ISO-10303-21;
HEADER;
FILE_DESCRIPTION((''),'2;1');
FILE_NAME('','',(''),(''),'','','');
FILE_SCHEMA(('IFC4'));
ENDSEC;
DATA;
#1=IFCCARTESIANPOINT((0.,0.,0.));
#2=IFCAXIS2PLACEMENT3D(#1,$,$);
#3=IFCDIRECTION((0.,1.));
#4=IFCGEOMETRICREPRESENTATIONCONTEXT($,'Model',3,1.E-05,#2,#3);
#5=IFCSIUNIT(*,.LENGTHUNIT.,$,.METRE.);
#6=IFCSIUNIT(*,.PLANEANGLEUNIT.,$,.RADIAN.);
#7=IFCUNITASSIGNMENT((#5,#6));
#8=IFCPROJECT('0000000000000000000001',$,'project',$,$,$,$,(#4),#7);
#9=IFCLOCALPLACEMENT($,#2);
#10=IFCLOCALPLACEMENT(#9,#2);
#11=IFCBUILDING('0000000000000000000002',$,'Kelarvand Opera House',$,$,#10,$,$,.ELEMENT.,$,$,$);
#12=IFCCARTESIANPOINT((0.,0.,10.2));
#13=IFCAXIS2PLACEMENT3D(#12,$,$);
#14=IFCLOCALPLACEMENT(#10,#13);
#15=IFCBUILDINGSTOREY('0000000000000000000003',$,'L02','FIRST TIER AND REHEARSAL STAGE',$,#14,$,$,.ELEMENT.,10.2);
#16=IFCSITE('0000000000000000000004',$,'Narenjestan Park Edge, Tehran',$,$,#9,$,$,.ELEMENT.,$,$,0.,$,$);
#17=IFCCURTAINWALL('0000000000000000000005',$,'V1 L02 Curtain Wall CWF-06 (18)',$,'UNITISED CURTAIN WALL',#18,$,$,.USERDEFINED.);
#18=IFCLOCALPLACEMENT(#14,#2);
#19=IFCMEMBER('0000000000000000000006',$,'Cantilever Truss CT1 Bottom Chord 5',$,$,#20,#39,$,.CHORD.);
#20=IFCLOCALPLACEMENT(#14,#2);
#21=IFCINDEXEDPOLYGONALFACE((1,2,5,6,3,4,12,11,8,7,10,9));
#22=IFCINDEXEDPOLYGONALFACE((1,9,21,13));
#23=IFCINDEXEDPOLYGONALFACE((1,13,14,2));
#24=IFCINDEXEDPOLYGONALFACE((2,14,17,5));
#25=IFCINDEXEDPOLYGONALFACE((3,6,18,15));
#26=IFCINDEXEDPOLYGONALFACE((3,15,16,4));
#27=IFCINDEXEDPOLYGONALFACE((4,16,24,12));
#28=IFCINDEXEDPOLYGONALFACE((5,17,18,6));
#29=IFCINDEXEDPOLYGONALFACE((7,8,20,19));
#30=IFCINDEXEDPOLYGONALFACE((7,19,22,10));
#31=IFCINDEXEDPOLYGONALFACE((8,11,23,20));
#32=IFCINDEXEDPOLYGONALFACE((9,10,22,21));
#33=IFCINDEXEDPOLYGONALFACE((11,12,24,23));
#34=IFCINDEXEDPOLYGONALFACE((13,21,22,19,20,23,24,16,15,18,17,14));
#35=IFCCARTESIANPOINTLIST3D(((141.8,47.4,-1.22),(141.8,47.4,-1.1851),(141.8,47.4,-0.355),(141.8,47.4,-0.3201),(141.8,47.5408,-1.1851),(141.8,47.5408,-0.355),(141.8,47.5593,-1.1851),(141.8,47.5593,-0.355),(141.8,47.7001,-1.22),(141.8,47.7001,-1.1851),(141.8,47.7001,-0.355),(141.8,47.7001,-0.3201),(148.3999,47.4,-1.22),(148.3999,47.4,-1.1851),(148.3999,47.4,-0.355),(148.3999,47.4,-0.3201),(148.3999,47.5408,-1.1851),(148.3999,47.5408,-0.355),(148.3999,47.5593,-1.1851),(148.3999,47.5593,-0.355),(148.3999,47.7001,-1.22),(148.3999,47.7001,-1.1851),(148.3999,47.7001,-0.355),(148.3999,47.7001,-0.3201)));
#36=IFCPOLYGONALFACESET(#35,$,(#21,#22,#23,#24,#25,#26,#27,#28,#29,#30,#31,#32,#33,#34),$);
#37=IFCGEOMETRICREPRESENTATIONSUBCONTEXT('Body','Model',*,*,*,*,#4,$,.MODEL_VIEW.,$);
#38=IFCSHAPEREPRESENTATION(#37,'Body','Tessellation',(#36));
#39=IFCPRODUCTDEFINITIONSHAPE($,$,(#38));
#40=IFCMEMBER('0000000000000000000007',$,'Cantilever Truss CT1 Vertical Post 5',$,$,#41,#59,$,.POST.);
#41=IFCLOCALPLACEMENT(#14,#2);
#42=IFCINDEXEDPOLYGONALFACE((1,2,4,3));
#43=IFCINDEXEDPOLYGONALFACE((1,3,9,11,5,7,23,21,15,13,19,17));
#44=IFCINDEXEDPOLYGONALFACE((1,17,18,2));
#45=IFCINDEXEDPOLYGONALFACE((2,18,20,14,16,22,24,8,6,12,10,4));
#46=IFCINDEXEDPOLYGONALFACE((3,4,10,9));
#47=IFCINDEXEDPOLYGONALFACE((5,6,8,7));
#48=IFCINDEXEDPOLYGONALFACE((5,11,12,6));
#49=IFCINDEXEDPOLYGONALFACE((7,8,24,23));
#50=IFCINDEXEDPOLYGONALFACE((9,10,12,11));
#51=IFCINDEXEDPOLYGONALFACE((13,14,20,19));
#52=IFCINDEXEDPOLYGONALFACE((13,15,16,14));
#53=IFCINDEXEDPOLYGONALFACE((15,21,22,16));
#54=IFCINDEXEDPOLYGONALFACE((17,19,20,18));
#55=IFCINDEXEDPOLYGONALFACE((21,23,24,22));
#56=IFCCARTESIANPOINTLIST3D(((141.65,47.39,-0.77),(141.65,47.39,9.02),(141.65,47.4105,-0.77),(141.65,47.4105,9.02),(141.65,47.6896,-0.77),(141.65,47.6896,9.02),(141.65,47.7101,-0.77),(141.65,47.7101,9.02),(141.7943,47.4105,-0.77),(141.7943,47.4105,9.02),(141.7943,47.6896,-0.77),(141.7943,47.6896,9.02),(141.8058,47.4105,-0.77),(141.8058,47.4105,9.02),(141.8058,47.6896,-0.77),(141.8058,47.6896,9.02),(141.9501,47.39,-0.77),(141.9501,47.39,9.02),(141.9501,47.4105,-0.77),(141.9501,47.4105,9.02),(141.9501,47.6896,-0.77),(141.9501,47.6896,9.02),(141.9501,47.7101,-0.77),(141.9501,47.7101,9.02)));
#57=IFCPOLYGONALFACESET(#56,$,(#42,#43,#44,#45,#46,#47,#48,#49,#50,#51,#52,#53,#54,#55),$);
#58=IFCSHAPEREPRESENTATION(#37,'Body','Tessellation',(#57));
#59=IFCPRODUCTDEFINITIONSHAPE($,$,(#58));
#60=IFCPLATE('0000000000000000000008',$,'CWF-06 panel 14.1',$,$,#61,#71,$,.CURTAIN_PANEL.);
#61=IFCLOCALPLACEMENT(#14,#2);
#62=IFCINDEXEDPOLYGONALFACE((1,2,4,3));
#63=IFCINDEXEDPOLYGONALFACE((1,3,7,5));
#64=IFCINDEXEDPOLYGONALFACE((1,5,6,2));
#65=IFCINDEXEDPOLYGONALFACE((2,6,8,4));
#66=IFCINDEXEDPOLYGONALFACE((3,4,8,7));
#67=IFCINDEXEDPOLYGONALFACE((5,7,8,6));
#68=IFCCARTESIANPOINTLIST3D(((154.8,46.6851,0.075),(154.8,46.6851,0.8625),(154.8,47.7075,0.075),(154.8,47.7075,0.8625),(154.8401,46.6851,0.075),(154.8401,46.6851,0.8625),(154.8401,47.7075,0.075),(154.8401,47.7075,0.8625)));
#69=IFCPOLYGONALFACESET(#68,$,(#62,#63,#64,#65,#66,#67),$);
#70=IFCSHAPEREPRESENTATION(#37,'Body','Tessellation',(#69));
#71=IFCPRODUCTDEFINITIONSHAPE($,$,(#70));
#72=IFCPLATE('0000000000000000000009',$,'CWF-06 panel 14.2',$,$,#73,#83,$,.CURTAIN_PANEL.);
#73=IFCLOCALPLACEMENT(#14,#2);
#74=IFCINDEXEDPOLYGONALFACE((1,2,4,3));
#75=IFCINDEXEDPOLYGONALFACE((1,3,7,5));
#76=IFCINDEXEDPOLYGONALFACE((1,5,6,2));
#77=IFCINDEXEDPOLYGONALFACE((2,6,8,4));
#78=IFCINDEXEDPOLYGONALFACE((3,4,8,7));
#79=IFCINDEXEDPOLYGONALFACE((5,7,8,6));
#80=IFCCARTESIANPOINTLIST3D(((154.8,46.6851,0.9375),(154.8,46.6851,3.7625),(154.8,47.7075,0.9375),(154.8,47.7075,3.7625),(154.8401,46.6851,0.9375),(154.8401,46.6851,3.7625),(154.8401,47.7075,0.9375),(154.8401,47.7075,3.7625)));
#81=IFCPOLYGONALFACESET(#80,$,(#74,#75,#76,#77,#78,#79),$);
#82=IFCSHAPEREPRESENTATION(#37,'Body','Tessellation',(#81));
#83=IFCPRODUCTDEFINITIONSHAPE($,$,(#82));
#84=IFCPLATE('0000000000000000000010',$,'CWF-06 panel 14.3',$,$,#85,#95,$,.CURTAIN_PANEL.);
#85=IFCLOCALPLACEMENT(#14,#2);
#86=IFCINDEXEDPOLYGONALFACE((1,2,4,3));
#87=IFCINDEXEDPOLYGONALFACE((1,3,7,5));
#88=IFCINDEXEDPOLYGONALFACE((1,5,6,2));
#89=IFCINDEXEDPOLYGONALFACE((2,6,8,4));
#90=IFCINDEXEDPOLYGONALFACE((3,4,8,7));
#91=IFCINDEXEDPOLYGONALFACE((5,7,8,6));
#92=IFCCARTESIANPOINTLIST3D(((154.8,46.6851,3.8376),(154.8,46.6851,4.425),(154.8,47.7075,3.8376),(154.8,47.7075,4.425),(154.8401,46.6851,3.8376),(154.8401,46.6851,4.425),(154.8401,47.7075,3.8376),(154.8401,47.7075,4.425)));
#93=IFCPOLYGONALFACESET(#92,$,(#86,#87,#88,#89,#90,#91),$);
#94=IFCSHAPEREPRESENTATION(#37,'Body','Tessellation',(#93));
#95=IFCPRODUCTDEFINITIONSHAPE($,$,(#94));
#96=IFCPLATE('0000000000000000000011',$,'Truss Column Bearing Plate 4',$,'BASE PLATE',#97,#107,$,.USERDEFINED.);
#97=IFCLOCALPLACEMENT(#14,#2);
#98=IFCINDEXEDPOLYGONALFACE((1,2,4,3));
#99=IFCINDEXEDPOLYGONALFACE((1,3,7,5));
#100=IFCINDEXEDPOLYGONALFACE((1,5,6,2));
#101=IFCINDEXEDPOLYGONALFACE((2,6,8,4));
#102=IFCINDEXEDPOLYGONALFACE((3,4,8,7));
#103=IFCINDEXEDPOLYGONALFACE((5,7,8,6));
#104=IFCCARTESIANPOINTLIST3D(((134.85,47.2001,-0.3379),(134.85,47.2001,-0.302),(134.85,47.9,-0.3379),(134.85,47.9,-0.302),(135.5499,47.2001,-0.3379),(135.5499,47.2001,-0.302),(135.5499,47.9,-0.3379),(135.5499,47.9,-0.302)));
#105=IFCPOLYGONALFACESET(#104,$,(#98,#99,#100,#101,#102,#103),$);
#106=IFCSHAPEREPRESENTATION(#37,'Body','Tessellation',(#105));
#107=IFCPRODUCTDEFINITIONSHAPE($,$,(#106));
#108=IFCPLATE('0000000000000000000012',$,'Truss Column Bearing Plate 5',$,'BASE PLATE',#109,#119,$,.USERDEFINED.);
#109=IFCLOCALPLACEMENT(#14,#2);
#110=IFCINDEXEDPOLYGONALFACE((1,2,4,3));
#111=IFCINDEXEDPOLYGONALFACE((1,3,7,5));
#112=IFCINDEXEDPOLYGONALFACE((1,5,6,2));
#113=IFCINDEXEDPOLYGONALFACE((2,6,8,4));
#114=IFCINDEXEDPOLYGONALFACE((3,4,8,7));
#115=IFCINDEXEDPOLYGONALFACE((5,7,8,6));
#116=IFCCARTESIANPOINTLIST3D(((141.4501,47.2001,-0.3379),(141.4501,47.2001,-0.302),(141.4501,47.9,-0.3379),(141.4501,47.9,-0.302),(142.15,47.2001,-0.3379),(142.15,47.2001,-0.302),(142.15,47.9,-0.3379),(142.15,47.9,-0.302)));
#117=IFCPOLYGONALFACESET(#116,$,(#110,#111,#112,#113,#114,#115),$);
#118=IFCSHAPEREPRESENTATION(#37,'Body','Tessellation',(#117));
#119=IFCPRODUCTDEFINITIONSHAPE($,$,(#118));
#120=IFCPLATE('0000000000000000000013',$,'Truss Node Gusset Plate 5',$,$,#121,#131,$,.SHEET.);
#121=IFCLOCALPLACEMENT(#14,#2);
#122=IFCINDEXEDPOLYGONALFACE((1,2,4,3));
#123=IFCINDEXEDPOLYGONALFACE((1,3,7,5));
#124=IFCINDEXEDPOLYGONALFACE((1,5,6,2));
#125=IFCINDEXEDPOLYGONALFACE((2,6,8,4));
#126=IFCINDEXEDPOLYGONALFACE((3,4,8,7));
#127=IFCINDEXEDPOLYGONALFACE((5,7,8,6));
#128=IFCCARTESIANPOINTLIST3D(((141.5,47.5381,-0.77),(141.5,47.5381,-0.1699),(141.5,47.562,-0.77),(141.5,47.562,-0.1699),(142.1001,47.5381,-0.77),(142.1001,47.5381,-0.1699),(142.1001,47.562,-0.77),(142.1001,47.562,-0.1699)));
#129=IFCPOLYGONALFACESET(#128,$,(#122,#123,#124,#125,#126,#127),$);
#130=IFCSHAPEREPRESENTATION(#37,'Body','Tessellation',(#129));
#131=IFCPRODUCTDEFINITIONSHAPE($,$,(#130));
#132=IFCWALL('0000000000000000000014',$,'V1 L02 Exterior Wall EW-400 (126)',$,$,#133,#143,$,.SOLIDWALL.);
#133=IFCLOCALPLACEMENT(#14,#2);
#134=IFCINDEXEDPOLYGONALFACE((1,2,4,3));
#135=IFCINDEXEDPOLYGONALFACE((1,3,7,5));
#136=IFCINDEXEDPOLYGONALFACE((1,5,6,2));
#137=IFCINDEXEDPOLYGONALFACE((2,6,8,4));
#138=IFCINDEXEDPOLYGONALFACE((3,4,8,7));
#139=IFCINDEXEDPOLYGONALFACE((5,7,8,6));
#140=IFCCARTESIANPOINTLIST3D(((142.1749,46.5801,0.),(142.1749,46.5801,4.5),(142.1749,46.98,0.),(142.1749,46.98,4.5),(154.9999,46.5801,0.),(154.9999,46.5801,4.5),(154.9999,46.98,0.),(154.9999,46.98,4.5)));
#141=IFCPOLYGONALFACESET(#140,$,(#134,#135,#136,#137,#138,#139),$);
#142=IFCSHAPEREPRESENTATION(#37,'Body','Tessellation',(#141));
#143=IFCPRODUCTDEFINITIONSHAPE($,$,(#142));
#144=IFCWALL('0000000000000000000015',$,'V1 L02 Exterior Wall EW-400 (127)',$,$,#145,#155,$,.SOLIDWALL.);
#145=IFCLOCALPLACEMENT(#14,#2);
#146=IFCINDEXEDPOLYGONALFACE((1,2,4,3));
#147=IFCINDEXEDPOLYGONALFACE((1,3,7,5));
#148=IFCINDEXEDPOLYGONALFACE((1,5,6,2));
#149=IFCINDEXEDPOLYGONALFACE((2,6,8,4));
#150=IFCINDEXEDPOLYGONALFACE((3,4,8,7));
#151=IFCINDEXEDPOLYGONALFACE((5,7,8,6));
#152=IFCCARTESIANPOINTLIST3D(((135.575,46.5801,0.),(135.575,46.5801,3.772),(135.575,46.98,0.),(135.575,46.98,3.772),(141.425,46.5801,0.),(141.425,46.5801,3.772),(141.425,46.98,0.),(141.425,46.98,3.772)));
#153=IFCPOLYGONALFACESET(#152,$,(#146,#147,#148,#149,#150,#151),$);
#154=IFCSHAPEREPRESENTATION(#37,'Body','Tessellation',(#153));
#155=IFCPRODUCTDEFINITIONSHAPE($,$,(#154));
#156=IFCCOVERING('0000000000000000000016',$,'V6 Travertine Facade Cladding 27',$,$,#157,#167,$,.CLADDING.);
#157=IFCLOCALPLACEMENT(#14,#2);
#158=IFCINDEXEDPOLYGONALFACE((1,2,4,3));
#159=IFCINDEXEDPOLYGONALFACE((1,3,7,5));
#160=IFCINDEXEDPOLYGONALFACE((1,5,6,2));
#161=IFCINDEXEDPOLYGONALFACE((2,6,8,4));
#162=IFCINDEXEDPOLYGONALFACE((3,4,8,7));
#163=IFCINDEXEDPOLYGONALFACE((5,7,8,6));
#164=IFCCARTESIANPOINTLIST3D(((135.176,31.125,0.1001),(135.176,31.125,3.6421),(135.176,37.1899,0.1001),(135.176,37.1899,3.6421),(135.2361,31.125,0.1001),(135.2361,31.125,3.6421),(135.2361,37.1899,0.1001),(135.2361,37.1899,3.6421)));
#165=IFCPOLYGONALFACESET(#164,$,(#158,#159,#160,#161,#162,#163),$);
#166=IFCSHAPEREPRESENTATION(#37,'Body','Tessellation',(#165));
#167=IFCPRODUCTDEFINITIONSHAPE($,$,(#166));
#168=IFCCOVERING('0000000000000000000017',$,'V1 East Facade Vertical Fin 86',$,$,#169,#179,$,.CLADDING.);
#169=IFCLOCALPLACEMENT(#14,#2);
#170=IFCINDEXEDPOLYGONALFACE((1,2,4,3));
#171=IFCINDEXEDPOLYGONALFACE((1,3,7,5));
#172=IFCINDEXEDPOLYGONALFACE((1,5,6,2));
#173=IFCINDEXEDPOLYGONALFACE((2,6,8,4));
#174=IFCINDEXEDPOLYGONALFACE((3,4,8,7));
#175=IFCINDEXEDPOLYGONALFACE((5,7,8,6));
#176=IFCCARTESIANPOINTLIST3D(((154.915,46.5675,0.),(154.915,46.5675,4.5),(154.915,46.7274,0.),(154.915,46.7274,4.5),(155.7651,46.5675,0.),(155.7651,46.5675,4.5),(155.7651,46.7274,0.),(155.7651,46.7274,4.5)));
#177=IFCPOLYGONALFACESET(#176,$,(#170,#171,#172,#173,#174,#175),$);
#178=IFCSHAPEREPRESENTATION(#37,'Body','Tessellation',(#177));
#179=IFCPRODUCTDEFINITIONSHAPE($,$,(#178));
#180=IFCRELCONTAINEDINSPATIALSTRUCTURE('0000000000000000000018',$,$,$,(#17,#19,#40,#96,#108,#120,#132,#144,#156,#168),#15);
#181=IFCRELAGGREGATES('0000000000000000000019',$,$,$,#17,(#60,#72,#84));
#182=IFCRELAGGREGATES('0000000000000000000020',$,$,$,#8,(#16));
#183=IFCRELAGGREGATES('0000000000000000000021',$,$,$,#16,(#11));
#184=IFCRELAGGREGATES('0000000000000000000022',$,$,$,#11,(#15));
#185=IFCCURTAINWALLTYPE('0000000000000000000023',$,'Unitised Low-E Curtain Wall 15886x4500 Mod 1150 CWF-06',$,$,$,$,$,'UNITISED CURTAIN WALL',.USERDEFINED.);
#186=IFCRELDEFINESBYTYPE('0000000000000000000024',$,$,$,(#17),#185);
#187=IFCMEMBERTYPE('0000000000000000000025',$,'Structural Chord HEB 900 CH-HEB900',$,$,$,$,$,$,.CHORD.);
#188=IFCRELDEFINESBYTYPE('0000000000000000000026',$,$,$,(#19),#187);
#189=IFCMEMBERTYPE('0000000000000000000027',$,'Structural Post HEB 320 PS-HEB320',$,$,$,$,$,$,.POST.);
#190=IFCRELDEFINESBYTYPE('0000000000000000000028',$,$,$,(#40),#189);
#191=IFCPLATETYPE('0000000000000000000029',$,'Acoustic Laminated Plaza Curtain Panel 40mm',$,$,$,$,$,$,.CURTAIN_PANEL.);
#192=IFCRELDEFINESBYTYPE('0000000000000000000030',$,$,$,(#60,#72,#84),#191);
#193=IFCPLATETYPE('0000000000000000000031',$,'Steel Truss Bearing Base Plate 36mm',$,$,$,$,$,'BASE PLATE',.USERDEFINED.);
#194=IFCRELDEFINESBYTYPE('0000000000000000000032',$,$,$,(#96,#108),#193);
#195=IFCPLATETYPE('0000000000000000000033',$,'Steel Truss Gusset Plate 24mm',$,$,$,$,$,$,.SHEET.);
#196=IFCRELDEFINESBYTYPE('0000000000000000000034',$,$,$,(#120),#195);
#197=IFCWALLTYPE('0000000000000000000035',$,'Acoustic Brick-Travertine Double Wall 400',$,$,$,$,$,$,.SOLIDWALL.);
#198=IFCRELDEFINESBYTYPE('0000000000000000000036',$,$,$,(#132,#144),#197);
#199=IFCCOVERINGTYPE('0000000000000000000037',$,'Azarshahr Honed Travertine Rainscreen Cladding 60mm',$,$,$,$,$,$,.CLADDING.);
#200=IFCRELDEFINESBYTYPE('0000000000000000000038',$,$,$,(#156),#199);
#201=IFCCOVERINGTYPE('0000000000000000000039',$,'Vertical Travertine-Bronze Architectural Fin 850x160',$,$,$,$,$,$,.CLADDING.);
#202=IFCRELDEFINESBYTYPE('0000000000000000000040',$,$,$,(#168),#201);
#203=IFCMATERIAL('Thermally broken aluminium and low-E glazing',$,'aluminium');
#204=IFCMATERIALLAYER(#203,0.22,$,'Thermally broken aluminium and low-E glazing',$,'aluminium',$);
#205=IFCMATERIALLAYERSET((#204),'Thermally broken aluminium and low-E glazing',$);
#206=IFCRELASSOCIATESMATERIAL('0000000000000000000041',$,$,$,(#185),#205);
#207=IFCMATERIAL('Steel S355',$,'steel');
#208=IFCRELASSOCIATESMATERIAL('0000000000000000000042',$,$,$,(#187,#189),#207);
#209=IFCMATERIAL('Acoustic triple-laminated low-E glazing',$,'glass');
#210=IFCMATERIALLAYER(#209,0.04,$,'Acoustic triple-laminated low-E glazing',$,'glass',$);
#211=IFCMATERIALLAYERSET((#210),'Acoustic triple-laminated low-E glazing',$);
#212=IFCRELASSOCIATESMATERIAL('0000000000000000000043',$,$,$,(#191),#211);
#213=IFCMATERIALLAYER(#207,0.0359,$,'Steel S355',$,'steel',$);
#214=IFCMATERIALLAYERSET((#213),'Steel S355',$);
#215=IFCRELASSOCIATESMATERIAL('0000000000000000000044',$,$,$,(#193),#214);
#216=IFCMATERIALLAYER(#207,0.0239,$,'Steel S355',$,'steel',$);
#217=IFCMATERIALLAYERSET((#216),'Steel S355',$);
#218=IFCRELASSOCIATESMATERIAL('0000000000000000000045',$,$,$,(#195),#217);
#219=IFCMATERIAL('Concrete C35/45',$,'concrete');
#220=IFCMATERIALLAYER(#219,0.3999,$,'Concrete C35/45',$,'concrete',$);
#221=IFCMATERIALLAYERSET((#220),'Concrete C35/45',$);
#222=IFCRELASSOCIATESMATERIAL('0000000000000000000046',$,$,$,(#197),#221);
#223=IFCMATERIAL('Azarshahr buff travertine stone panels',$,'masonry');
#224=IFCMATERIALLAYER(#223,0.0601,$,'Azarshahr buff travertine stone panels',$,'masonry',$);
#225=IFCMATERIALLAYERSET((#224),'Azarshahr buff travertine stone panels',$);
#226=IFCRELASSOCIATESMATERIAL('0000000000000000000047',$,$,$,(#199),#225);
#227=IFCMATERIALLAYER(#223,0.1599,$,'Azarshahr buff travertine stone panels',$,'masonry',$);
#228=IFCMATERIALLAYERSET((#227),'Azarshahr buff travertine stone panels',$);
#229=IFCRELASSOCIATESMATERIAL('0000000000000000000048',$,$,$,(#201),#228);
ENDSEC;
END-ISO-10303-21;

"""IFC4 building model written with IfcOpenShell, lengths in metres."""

from ifc_helpers import new_model, si_unit, direction, frame, frame_2d, origin, origin_2d, place, context, subcontext, project, spatial, rectangle, i_section, extrude, material, layer, layer_set, material_profile, profile_set, type_object, element, aggregate, save


model = new_model("IFC4")

# Units and contexts
model_context = context("Model", 3, precision=1e-05, world=origin(), true_north=direction((0.0, 1.0)))
body_context = subcontext(model_context, "Body", "Model", "MODEL_VIEW")
ifc_project = project(units=[si_unit("LENGTHUNIT", "METRE"), si_unit("PLANEANGLEUNIT", "RADIAN")], contexts=[model_context])

# Site, building, storey
site_placement = place(None, origin())
site = spatial("IfcSite", under=ifc_project, at=site_placement, Name="Narenjestan Park Edge, Tehran", CompositionType="ELEMENT", RefElevation=0.0)
building_placement = place(site_placement, origin())
building = spatial("IfcBuilding", under=site, at=building_placement, Name="Kelarvand Opera House", CompositionType="ELEMENT")
storey_placement = place(building_placement, frame((0.0, 0.0, 10.2)))
storey = spatial("IfcBuildingStorey", under=building, at=storey_placement, Name="L02", Description="FIRST TIER AND REHEARSAL STAGE", CompositionType="ELEMENT", Elevation=10.2)

# Curtain wall
ifc_material_1 = material(Name="Thermally broken aluminium and low-E glazing", Category="aluminium")
ifc_layer_1 = layer(ifc_material_1, 0.22, Name="Thermally broken aluminium and low-E glazing", Category="aluminium")
ifc_layer_set_1 = layer_set([ifc_layer_1], Name="Thermally broken aluminium and low-E glazing")
curtain_wall_type = type_object("IfcCurtainWallType", Name="Unitised Low-E Curtain Wall 15886x4500 Mod 1150 CWF-06", ElementType="UNITISED CURTAIN WALL", PredefinedType="USERDEFINED", material=ifc_layer_set_1)
curtain_wall_placement = place(storey_placement, origin())
curtain_wall = element("IfcCurtainWall", 1, at=curtain_wall_placement, inside=storey, type_object=curtain_wall_type, Name="V1 L02 Curtain Wall CWF-06 (18)", ObjectType="UNITISED CURTAIN WALL", PredefinedType="USERDEFINED")

# Shared definitions
ifc_material_2 = material(Name="Steel S355", Category="steel")

# Members
ifc_material_profile_1 = material_profile(ifc_material_2, i_section(OverallWidth=0.3, OverallDepth=0.8999, WebThickness=0.0186, FlangeThickness=0.0349, at=origin_2d()), Name="HEB 900", Category="steel")
ifc_profile_set_1 = profile_set([ifc_material_profile_1], Name="Steel S355")
member_type_1 = type_object("IfcMemberType", Name="Structural Chord HEB 900 CH-HEB900", PredefinedType="CHORD", material=ifc_profile_set_1)
member_1_placement = place(storey_placement, frame((141.8, 47.55, -0.77), z_axis=(1.0, 0.0, 0.0), x_axis=(0.0, 1.0, 0.0)))
element("IfcMember", 2, at=member_1_placement, inside=storey, type_object=member_type_1, Name="Cantilever Truss CT1 Bottom Chord 5", PredefinedType="CHORD", context=body_context, shape_type="SweptSolid", body=[
    extrude(i_section(OverallWidth=0.3, OverallDepth=0.8999, WebThickness=0.0186, FlangeThickness=0.0349, at=origin_2d()), origin(), (0.0, 0.0, 1.0), 6.5999),
])
ifc_material_profile_2 = material_profile(ifc_material_2, i_section(OverallWidth=0.3, OverallDepth=0.3201, WebThickness=0.0115, FlangeThickness=0.0205, at=origin_2d()), Name="HEB 320", Category="steel")
ifc_profile_set_2 = profile_set([ifc_material_profile_2], Name="Steel S355")
member_type_2 = type_object("IfcMemberType", Name="Structural Post HEB 320 PS-HEB320", PredefinedType="POST", material=ifc_profile_set_2)
member_2_placement = place(storey_placement, frame((141.8, 47.55, -0.77), z_axis=(0.0, 0.0, 1.0), x_axis=(1.0, 0.0, 0.0)))
element("IfcMember", 3, at=member_2_placement, inside=storey, type_object=member_type_2, Name="Cantilever Truss CT1 Vertical Post 5", PredefinedType="POST", context=body_context, shape_type="SweptSolid", body=[
    extrude(i_section(OverallWidth=0.3, OverallDepth=0.3201, WebThickness=0.0115, FlangeThickness=0.0205, at=origin_2d()), origin(), (0.0, 0.0, 1.0), 9.79),
])

# Plates
ifc_material_3 = material(Name="Acoustic triple-laminated low-E glazing", Category="glass")
ifc_layer_2 = layer(ifc_material_3, 0.04, Name="Acoustic triple-laminated low-E glazing", Category="glass")
ifc_layer_set_2 = layer_set([ifc_layer_2], Name="Acoustic triple-laminated low-E glazing")
plate_type_1 = type_object("IfcPlateType", Name="Acoustic Laminated Plaza Curtain Panel 40mm", PredefinedType="CURTAIN_PANEL", material=ifc_layer_set_2)
plate_1_placement = place(storey_placement, frame((154.8201, 47.1963, 0.075), z_axis=(0.0, 0.0, 1.0), x_axis=(0.0, -1.0, 0.0)))
plate_1 = element("IfcPlate", 4, at=plate_1_placement, type_object=plate_type_1, Name="CWF-06 panel 14.1", PredefinedType="CURTAIN_PANEL", context=body_context, shape_type="SweptSolid", body=[
    extrude(rectangle(XDim=1.0225, YDim=0.04, at=origin_2d()), origin(), (0.0, 0.0, 1.0), 0.7876),
])
plate_2_placement = place(storey_placement, frame((154.8201, 47.1963, 0.9375), z_axis=(0.0, 0.0, 1.0), x_axis=(0.0, -1.0, 0.0)))
plate_2 = element("IfcPlate", 5, at=plate_2_placement, type_object=plate_type_1, Name="CWF-06 panel 14.2", PredefinedType="CURTAIN_PANEL", context=body_context, shape_type="SweptSolid", body=[
    extrude(rectangle(XDim=1.0225, YDim=0.04, at=origin_2d()), origin(), (0.0, 0.0, 1.0), 2.825),
])
plate_3_placement = place(storey_placement, frame((154.8201, 47.1963, 3.8376), z_axis=(0.0, 0.0, 1.0), x_axis=(0.0, -1.0, 0.0)))
plate_3 = element("IfcPlate", 6, at=plate_3_placement, type_object=plate_type_1, Name="CWF-06 panel 14.3", PredefinedType="CURTAIN_PANEL", context=body_context, shape_type="SweptSolid", body=[
    extrude(rectangle(XDim=1.0225, YDim=0.04, at=origin_2d()), origin(), (0.0, 0.0, 1.0), 0.5874),
])
aggregate(curtain_wall, [plate_1, plate_2, plate_3])

# Plates
ifc_layer_3 = layer(ifc_material_2, 0.0359, Name="Steel S355", Category="steel")
ifc_layer_set_3 = layer_set([ifc_layer_3], Name="Steel S355")
plate_type_2 = type_object("IfcPlateType", Name="Steel Truss Bearing Base Plate 36mm", ElementType="BASE PLATE", PredefinedType="USERDEFINED", material=ifc_layer_set_3)
for number, where, z_axis, x_axis, name in (
    (7, (135.2, 47.55, -0.3379), (0.0, 0.0, 1.0), (1.0, 0.0, 0.0), "Truss Column Bearing Plate 4"),
    (8, (141.8, 47.55, -0.3379), (0.0, 0.0, 1.0), (1.0, 0.0, 0.0), "Truss Column Bearing Plate 5"),
):
    element("IfcPlate", number, at=place(storey_placement, frame(where, z_axis=z_axis, x_axis=x_axis)), inside=storey, type_object=plate_type_2, Name=name, ObjectType="BASE PLATE", PredefinedType="USERDEFINED", context=body_context, shape_type="SweptSolid", body=[
        extrude(rectangle(XDim=0.7, YDim=0.7, at=origin_2d()), origin(), (0.0, 0.0, 1.0), 0.0359),
    ])
ifc_layer_4 = layer(ifc_material_2, 0.0239, Name="Steel S355", Category="steel")
ifc_layer_set_4 = layer_set([ifc_layer_4], Name="Steel S355")
plate_type_3 = type_object("IfcPlateType", Name="Steel Truss Gusset Plate 24mm", PredefinedType="SHEET", material=ifc_layer_set_4)
plate_4_placement = place(storey_placement, frame((141.8, 47.55, -0.77), z_axis=(0.0, 0.0, 1.0), x_axis=(1.0, 0.0, 0.0)))
element("IfcPlate", 9, at=plate_4_placement, inside=storey, type_object=plate_type_3, Name="Truss Node Gusset Plate 5", PredefinedType="SHEET", context=body_context, shape_type="SweptSolid", body=[
    extrude(rectangle(XDim=0.6001, YDim=0.0239, at=origin_2d()), origin(), (0.0, 0.0, 1.0), 0.6001),
])

# Walls
ifc_material_4 = material(Name="Concrete C35/45", Category="concrete")
ifc_layer_5 = layer(ifc_material_4, 0.3999, Name="Concrete C35/45", Category="concrete")
ifc_layer_set_5 = layer_set([ifc_layer_5], Name="Concrete C35/45")
wall_type = type_object("IfcWallType", Name="Acoustic Brick-Travertine Double Wall 400", PredefinedType="SOLIDWALL", material=ifc_layer_set_5)
wall_1_placement = place(storey_placement, frame((155.0, 46.78, 0.0), z_axis=(0.0, 0.0, 1.0), x_axis=(-1.0, 0.0, 0.0)))
element("IfcWall", 10, at=wall_1_placement, inside=storey, type_object=wall_type, Name="V1 L02 Exterior Wall EW-400 (126)", PredefinedType="SOLIDWALL", context=body_context, shape_type="SweptSolid", body=[
    extrude(rectangle(XDim=12.825, YDim=0.3999, at=frame_2d((6.4126, 0.0))), origin(), (0.0, 0.0, 1.0), 4.5),
])
wall_2_placement = place(storey_placement, frame((141.425, 46.78, 0.0), z_axis=(0.0, 0.0, 1.0), x_axis=(-1.0, 0.0, 0.0)))
element("IfcWall", 11, at=wall_2_placement, inside=storey, type_object=wall_type, Name="V1 L02 Exterior Wall EW-400 (127)", PredefinedType="SOLIDWALL", context=body_context, shape_type="SweptSolid", body=[
    extrude(rectangle(XDim=5.8501, YDim=0.3999, at=frame_2d((2.925, 0.0))), origin(), (0.0, 0.0, 1.0), 3.772),
])

# Coverings
ifc_material_5 = material(Name="Azarshahr buff travertine stone panels", Category="masonry")
ifc_layer_6 = layer(ifc_material_5, 0.0601, Name="Azarshahr buff travertine stone panels", Category="masonry")
ifc_layer_set_6 = layer_set([ifc_layer_6], Name="Azarshahr buff travertine stone panels")
covering_type_1 = type_object("IfcCoveringType", Name="Azarshahr Honed Travertine Rainscreen Cladding 60mm", PredefinedType="CLADDING", material=ifc_layer_set_6)
covering_1_placement = place(storey_placement, frame((135.2061, 34.1575, 0.1001), z_axis=(0.0, 0.0, 1.0), x_axis=(0.0, -1.0, 0.0)))
element("IfcCovering", 12, at=covering_1_placement, inside=storey, type_object=covering_type_1, Name="V6 Travertine Facade Cladding 27", PredefinedType="CLADDING", context=body_context, shape_type="SweptSolid", body=[
    extrude(rectangle(XDim=6.0649, YDim=0.0601, at=origin_2d()), origin(), (0.0, 0.0, 1.0), 3.542),
])
ifc_layer_7 = layer(ifc_material_5, 0.1599, Name="Azarshahr buff travertine stone panels", Category="masonry")
ifc_layer_set_7 = layer_set([ifc_layer_7], Name="Azarshahr buff travertine stone panels")
covering_type_2 = type_object("IfcCoveringType", Name="Vertical Travertine-Bronze Architectural Fin 850x160", PredefinedType="CLADDING", material=ifc_layer_set_7)
covering_2_placement = place(storey_placement, frame((155.3401, 46.6475, 0.0), z_axis=(0.0, 0.0, 1.0), x_axis=(1.0, 0.0, 0.0)))
element("IfcCovering", 13, at=covering_2_placement, inside=storey, type_object=covering_type_2, Name="V1 East Facade Vertical Fin 86", PredefinedType="CLADDING", context=body_context, shape_type="SweptSolid", body=[
    extrude(rectangle(XDim=0.8501, YDim=0.1599, at=origin_2d()), origin(), (0.0, 0.0, 1.0), 4.5),
])

save(model, "model.ifc")
